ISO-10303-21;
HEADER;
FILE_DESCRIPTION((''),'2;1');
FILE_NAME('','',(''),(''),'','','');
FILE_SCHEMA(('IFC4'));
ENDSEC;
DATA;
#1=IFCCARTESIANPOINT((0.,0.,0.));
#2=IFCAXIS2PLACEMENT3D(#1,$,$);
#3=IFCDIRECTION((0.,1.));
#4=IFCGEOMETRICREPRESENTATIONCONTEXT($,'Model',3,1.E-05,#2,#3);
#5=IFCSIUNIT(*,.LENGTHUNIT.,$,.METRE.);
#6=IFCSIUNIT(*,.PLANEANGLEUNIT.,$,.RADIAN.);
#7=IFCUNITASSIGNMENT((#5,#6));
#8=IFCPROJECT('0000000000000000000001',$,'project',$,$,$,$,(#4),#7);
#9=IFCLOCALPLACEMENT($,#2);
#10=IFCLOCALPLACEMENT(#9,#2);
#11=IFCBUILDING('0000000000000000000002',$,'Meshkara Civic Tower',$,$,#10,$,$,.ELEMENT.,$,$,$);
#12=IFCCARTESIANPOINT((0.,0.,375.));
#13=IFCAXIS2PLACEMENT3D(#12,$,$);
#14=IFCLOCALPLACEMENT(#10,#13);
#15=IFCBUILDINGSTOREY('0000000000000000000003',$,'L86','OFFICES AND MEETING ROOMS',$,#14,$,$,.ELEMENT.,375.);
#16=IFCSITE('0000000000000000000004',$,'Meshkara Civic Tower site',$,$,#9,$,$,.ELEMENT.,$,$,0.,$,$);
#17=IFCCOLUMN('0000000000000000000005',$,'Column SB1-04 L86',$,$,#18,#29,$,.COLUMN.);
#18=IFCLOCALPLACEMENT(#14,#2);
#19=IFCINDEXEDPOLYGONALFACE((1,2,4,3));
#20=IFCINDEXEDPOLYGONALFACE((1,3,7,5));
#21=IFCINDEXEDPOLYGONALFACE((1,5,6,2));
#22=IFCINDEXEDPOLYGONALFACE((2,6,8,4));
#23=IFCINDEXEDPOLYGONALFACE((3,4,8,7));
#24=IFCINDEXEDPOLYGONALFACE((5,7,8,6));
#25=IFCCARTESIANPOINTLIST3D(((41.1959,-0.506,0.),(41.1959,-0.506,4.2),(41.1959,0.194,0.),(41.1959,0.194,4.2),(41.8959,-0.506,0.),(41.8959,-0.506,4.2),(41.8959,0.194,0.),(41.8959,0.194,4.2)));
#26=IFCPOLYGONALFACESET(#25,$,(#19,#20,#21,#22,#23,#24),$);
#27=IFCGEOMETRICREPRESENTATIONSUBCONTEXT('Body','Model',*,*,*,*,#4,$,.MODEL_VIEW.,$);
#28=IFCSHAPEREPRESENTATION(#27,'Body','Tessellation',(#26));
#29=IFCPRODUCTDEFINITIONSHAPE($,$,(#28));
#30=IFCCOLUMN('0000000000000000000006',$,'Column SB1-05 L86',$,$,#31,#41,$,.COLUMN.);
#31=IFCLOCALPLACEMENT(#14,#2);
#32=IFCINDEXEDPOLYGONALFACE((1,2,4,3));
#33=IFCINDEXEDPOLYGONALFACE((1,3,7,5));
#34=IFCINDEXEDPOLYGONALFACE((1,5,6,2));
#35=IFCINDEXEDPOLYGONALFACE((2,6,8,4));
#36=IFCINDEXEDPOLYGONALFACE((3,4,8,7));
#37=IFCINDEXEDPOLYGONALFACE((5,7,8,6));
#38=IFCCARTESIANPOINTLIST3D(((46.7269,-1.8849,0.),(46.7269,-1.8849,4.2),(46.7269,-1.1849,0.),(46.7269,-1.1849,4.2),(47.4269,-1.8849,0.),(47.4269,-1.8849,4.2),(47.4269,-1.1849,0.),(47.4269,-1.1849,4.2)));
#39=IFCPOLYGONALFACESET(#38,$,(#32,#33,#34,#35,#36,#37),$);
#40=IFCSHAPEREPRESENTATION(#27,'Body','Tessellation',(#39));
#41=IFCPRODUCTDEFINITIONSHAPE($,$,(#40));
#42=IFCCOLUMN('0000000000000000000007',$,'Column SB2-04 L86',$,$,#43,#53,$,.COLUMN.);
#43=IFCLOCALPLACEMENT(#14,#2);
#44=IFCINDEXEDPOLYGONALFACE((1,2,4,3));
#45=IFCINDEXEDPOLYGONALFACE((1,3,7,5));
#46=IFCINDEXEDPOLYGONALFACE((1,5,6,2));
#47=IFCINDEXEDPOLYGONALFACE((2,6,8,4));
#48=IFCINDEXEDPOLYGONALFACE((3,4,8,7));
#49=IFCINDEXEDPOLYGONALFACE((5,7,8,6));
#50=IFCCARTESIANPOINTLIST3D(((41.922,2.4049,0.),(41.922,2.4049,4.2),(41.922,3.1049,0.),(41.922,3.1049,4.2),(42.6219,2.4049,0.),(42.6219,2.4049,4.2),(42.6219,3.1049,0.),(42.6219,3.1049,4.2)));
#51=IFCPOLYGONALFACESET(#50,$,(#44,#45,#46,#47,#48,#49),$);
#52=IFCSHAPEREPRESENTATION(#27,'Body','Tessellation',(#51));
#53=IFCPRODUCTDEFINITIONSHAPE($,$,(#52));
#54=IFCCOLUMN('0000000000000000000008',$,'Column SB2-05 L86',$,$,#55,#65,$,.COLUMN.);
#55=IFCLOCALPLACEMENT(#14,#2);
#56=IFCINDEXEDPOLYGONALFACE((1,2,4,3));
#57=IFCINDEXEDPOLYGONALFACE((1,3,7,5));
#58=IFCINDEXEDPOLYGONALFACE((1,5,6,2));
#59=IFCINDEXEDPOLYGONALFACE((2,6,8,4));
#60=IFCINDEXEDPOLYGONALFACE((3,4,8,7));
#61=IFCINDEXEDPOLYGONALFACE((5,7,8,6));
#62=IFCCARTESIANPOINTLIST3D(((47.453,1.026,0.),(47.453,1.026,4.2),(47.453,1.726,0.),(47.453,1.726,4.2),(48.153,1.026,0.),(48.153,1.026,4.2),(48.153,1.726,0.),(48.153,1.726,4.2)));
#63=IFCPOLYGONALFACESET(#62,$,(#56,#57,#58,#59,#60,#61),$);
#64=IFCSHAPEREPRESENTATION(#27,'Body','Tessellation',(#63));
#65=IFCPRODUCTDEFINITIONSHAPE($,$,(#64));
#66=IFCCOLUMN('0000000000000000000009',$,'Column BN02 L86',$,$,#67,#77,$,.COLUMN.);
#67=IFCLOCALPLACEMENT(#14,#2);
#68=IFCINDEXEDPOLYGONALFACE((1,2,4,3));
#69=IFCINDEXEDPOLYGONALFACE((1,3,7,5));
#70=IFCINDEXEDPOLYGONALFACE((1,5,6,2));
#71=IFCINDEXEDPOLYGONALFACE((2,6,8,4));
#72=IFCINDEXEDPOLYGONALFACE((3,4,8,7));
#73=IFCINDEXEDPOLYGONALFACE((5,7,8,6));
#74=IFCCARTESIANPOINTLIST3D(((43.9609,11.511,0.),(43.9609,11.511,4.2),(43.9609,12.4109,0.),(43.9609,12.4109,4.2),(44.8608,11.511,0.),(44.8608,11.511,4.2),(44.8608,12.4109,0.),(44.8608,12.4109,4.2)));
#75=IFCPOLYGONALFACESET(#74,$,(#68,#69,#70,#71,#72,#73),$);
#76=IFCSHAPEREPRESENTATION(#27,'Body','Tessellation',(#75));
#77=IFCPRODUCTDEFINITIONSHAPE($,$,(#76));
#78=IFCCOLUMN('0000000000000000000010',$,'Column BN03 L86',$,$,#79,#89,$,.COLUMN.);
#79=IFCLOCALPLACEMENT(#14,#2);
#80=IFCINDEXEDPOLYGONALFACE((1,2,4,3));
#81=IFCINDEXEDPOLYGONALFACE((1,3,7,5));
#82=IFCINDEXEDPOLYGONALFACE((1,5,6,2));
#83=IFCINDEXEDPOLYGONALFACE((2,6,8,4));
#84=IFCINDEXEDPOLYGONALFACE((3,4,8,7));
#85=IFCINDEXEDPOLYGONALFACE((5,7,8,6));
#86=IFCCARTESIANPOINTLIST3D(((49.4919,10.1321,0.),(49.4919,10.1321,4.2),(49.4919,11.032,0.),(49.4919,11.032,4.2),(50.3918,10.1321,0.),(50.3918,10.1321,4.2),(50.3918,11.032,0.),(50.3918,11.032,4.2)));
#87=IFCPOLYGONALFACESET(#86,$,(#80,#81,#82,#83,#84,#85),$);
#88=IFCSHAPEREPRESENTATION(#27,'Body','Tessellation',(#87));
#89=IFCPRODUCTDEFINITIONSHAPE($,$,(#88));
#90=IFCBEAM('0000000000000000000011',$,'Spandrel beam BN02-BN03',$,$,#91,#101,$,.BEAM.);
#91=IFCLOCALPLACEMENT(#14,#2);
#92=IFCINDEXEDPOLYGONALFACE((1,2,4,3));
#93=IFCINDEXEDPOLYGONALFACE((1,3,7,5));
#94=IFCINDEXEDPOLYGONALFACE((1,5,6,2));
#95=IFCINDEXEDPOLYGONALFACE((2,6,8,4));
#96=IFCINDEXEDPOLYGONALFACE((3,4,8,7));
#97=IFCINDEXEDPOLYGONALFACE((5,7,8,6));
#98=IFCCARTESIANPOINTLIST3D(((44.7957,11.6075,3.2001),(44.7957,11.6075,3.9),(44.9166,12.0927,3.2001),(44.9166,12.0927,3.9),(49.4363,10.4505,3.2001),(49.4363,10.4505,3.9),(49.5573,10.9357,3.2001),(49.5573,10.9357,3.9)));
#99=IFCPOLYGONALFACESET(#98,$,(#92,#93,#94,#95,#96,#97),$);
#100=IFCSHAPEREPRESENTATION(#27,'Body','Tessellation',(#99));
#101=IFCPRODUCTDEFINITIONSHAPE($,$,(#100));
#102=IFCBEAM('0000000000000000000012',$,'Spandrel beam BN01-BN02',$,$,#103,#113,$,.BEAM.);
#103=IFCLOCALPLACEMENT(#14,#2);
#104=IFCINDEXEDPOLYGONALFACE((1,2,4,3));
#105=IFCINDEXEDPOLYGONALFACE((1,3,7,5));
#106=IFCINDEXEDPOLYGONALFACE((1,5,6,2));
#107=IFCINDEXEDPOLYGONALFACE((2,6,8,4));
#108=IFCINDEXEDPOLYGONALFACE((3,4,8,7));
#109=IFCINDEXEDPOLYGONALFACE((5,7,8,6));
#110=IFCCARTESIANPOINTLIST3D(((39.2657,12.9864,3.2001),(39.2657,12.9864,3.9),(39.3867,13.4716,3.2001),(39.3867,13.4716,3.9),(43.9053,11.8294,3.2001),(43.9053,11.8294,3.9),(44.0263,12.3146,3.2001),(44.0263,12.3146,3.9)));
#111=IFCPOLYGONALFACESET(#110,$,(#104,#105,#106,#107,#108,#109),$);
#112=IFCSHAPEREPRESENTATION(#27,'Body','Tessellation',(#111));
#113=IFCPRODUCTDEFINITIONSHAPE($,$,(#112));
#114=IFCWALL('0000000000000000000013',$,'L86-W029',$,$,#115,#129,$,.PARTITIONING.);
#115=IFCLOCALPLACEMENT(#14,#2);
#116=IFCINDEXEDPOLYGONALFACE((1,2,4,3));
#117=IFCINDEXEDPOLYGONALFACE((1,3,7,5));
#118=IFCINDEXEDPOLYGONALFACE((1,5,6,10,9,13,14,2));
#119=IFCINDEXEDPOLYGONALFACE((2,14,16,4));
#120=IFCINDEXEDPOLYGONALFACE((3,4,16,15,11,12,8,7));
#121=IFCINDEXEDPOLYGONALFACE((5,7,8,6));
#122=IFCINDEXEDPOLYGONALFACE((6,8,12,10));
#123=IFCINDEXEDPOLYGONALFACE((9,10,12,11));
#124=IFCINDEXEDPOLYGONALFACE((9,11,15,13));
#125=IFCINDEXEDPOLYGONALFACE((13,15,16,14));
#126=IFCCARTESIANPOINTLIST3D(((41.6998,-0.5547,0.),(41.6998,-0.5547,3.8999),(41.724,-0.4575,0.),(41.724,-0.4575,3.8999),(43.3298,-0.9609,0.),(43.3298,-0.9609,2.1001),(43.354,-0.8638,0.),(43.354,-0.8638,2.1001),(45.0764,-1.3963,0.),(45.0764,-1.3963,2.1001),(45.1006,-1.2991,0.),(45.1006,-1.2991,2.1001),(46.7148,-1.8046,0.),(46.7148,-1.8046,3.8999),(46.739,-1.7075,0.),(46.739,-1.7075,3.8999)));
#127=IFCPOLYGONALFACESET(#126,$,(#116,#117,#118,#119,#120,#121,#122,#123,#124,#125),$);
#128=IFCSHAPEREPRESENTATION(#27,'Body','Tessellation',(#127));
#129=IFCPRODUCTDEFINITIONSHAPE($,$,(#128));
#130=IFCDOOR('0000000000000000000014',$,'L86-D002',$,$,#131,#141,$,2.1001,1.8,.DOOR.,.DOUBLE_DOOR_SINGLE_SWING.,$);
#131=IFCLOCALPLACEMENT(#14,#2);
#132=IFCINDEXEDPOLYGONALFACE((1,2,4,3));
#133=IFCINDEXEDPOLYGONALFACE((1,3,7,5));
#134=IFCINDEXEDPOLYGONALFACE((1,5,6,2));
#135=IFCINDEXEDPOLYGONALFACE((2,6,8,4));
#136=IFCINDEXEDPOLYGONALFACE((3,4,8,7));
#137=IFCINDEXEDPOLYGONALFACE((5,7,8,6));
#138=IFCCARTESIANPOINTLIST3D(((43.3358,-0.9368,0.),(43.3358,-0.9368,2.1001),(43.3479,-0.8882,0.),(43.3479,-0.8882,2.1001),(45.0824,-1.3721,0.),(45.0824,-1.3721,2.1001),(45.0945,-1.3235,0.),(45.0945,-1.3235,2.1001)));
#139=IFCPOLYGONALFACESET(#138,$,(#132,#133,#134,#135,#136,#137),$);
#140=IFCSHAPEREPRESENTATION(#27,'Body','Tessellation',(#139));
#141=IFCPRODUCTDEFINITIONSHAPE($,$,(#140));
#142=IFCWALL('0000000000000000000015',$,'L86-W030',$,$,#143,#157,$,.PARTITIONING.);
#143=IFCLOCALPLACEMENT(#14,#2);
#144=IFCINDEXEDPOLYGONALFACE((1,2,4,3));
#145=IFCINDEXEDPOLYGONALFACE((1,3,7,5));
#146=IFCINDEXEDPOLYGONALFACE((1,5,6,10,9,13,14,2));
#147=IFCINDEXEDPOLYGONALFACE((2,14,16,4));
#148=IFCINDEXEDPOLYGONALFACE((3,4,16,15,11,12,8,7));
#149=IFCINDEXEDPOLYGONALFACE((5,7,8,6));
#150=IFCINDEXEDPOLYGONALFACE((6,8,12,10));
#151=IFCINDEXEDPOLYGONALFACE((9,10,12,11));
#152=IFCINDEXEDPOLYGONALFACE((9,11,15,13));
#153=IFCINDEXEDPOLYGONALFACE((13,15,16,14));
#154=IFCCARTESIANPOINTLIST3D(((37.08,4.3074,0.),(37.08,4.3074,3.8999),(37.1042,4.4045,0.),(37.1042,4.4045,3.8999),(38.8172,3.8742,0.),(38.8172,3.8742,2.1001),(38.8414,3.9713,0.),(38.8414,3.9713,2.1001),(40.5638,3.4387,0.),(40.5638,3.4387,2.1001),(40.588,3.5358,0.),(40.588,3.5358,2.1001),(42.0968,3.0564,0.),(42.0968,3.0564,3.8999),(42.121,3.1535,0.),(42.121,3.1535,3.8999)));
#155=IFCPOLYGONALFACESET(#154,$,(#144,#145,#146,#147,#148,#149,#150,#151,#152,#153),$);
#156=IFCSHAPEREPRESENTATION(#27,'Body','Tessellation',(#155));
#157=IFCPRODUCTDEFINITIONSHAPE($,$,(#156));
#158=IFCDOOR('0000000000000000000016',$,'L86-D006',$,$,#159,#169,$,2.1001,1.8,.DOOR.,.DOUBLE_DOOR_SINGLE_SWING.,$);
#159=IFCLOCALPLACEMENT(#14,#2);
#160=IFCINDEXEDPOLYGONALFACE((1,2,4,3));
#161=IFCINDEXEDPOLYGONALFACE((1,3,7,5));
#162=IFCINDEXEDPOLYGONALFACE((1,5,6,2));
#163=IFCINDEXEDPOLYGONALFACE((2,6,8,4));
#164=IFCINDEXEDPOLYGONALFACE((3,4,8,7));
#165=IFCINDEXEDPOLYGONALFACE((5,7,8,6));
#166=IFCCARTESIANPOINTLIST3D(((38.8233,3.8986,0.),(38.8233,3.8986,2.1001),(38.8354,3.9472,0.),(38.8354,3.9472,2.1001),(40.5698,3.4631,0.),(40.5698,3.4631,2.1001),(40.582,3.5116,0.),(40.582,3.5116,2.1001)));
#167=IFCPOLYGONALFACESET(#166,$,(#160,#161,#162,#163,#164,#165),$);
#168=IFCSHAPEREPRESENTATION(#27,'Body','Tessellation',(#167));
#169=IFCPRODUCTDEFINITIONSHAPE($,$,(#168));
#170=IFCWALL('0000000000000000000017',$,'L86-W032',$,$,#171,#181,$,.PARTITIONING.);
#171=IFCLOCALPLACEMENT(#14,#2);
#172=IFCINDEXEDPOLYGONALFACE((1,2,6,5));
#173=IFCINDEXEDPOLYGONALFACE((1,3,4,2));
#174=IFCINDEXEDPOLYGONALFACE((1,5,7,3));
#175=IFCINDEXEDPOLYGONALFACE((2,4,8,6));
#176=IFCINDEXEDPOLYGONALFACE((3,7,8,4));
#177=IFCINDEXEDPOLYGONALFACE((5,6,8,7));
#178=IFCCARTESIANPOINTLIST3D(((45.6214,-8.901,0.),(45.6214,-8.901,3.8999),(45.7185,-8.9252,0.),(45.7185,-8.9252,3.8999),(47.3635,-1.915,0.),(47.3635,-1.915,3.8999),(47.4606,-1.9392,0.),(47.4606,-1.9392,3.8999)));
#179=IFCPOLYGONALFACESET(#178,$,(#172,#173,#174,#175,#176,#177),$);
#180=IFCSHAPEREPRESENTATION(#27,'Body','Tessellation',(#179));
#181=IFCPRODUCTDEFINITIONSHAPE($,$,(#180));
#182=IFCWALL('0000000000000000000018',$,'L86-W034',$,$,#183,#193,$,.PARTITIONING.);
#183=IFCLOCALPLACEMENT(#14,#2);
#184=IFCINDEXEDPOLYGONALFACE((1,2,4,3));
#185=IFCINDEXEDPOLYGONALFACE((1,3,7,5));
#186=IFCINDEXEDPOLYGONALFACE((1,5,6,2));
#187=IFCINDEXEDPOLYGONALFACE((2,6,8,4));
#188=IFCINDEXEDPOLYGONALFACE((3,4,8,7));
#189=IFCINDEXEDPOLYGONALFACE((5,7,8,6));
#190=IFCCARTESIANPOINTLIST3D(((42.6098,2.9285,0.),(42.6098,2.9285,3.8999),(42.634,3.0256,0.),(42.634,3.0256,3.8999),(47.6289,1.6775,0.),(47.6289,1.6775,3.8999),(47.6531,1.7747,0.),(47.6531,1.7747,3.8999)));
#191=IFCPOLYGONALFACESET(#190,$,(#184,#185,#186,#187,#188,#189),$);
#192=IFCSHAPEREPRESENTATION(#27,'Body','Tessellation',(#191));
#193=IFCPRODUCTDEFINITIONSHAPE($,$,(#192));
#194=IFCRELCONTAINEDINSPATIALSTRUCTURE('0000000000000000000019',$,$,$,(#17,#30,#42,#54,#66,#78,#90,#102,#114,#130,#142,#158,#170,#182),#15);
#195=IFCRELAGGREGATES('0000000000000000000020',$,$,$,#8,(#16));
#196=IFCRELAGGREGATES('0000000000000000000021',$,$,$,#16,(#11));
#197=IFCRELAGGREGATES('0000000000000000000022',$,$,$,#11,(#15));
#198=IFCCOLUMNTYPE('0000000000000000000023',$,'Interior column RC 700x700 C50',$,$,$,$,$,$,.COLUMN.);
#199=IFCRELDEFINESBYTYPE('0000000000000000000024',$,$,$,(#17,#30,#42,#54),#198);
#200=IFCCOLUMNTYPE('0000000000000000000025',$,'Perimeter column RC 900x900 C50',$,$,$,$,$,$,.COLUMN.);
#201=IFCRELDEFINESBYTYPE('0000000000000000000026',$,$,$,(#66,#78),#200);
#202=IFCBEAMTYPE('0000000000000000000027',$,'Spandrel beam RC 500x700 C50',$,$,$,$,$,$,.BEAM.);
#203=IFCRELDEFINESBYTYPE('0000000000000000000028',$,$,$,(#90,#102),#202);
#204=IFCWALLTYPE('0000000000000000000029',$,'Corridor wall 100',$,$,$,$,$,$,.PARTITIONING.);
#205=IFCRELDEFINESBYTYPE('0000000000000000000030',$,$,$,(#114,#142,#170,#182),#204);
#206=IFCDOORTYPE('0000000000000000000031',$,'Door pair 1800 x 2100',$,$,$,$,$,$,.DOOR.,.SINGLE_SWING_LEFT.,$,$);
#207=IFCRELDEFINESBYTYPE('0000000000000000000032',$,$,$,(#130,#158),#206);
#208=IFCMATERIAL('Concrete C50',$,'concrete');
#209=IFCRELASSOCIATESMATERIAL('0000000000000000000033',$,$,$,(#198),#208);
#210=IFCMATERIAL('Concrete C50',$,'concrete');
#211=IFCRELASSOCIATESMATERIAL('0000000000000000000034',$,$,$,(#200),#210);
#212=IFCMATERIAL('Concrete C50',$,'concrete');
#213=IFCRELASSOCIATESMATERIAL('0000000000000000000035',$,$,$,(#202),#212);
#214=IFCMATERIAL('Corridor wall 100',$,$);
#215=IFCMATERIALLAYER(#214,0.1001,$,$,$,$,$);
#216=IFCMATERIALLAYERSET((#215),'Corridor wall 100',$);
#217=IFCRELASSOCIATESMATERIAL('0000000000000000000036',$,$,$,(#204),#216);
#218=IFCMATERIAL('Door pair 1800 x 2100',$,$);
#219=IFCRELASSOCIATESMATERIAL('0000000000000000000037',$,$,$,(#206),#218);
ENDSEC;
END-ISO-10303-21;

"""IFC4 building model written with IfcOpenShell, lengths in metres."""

from ifc_helpers import new_model, si_unit, direction, frame, frame_2d, origin, origin_2d, place, context, subcontext, project, spatial, rectangle, extrude, material, layer, layer_set, material_profile, profile_set, type_object, element, fill, save


model = new_model("IFC4")

# Units and contexts
model_context = context("Model", 3, precision=1e-05, world=origin(), true_north=direction((0.0, 1.0)))
body_context = subcontext(model_context, "Body", "Model", "MODEL_VIEW")
ifc_project = project(units=[si_unit("LENGTHUNIT", "METRE"), si_unit("PLANEANGLEUNIT", "RADIAN")], contexts=[model_context])

# Site, building, storey
site_placement = place(None, origin())
site = spatial("IfcSite", under=ifc_project, at=site_placement, Name="Meshkara Civic Tower site", CompositionType="ELEMENT", RefElevation=0.0)
building_placement = place(site_placement, origin())
building = spatial("IfcBuilding", under=site, at=building_placement, Name="Meshkara Civic Tower", CompositionType="ELEMENT")
storey_placement = place(building_placement, frame((0.0, 0.0, 375.0)))
storey = spatial("IfcBuildingStorey", under=building, at=storey_placement, Name="L86", Description="OFFICES AND MEETING ROOMS", CompositionType="ELEMENT", Elevation=375.0)

# Columns
ifc_material_1 = material(Name="Concrete C50", Category="concrete")
ifc_material_profile_1 = material_profile(ifc_material_1, rectangle(XDim=0.7, YDim=0.7, at=origin_2d()))
ifc_profile_set_1 = profile_set([ifc_material_profile_1], Name="Concrete C50")
column_type_1 = type_object("IfcColumnType", Name="Interior column RC 700x700 C50", PredefinedType="COLUMN", material=ifc_profile_set_1)
for number, where, z_axis, x_axis, name in (
    (1, (41.5459, -0.156, 0.0), (0.0, 0.0, 1.0), (1.0, 0.0, 0.0), "Column SB1-04 L86"),
    (2, (47.0769, -1.5349, 0.0), (0.0, 0.0, 1.0), (1.0, 0.0, 0.0), "Column SB1-05 L86"),
    (3, (42.272, 2.7549, 0.0), (0.0, 0.0, 1.0), (1.0, 0.0, 0.0), "Column SB2-04 L86"),
    (4, (47.803, 1.376, 0.0), (0.0, 0.0, 1.0), (1.0, 0.0, 0.0), "Column SB2-05 L86"),
):
    element("IfcColumn", number, at=place(storey_placement, frame(where, z_axis=z_axis, x_axis=x_axis)), inside=storey, type_object=column_type_1, Name=name, PredefinedType="COLUMN", context=body_context, shape_type="SweptSolid", body=[
        extrude(rectangle(XDim=0.7, YDim=0.7, at=origin_2d()), origin(), (0.0, 0.0, 1.0), 4.2),
    ])
ifc_material_2 = material(Name="Concrete C50", Category="concrete")
ifc_material_profile_2 = material_profile(ifc_material_2, rectangle(XDim=0.8999, YDim=0.8999, at=origin_2d()))
ifc_profile_set_2 = profile_set([ifc_material_profile_2], Name="Concrete C50")
column_type_2 = type_object("IfcColumnType", Name="Perimeter column RC 900x900 C50", PredefinedType="COLUMN", material=ifc_profile_set_2)
for number, where, z_axis, x_axis, name in (
    (5, (44.4109, 11.9609, 0.0), (0.0, 0.0, 1.0), (1.0, 0.0, 0.0), "Column BN02 L86"),
    (6, (49.9419, 10.582, 0.0), (0.0, 0.0, 1.0), (1.0, 0.0, 0.0), "Column BN03 L86"),
):
    element("IfcColumn", number, at=place(storey_placement, frame(where, z_axis=z_axis, x_axis=x_axis)), inside=storey, type_object=column_type_2, Name=name, PredefinedType="COLUMN", context=body_context, shape_type="SweptSolid", body=[
        extrude(rectangle(XDim=0.8999, YDim=0.8999, at=origin_2d()), origin(), (0.0, 0.0, 1.0), 4.2),
    ])

# Beams
ifc_material_3 = material(Name="Concrete C50", Category="concrete")
ifc_material_profile_3 = material_profile(ifc_material_3, rectangle(XDim=0.5, YDim=0.7, at=origin_2d()))
ifc_profile_set_3 = profile_set([ifc_material_profile_3], Name="Concrete C50")
beam_type = type_object("IfcBeamType", Name="Spandrel beam RC 500x700 C50", PredefinedType="BEAM", material=ifc_profile_set_3)
beam_1_placement = place(storey_placement, frame((49.4968, 10.6931, 3.55), z_axis=(-0.970298, 0.241911, 0.0), x_axis=(-0.241911, -0.970298, 0.0)))
element("IfcBeam", 7, at=beam_1_placement, inside=storey, type_object=beam_type, Name="Spandrel beam BN02-BN03", PredefinedType="BEAM", context=body_context, shape_type="SweptSolid", body=[
    extrude(rectangle(XDim=0.5, YDim=0.7, at=origin_2d()), origin(), (0.0, 0.0, 1.0), 4.7827),
])
beam_2_placement = place(storey_placement, frame((43.9658, 12.072, 3.55), z_axis=(-0.970286, 0.241959, 0.0), x_axis=(-0.241959, -0.970286, 0.0)))
element("IfcBeam", 8, at=beam_2_placement, inside=storey, type_object=beam_type, Name="Spandrel beam BN01-BN02", PredefinedType="BEAM", context=body_context, shape_type="SweptSolid", body=[
    extrude(rectangle(XDim=0.5, YDim=0.7, at=origin_2d()), origin(), (0.0, 0.0, 1.0), 4.7817),
])

# Walls, openings, doors
ifc_material_4 = material(Name="Corridor wall 100")
ifc_layer_1 = layer(ifc_material_4, 0.1001)
ifc_layer_set_1 = layer_set([ifc_layer_1], Name="Corridor wall 100")
wall_type_1 = type_object("IfcWallType", Name="Corridor wall 100", PredefinedType="PARTITIONING", material=ifc_layer_set_1)
wall_1_placement = place(storey_placement, frame((41.7119, -0.5061, 0.0), z_axis=(0.0, 0.0, 1.0), x_axis=(0.970315, -0.241846, 0.0)))
wall_1 = element("IfcWall", 9, at=wall_1_placement, inside=storey, type_object=wall_type_1, Name="L86-W029", PredefinedType="PARTITIONING", context=body_context, shape_type="SweptSolid", body=[
    extrude(rectangle(XDim=5.1685, YDim=0.1001, at=frame_2d((2.5842, 0.0))), origin(), (0.0, 0.0, 1.0), 3.8999),
])
opening_1_placement = place(wall_1_placement, frame((1.6799, 0.0, 0.0)))
opening_1 = element("IfcOpeningElement", 10, at=opening_1_placement, cuts=wall_1, PredefinedType="OPENING", context=body_context, shape_type="SweptSolid", body=[
    extrude(rectangle(XDim=1.8, YDim=2.1001, at=frame_2d((0.8999, 1.05))), frame((0.0, 0.0601, 0.0), z_axis=(0.0, -1.0, 0.0), x_axis=(1.0, 0.0, 0.0)), (0.0, 0.0, 1.0), 0.1201),
])
ifc_material_5 = material(Name="Door pair 1800 x 2100")
door_type_1 = type_object("IfcDoorType", Name="Door pair 1800 x 2100", OperationType="SINGLE_SWING_LEFT", PredefinedType="DOOR", material=ifc_material_5)
door_1_placement = place(opening_1_placement, origin())
door_1 = element("IfcDoor", 11, at=door_1_placement, inside=storey, type_object=door_type_1, Name="L86-D002", OperationType="DOUBLE_DOOR_SINGLE_SWING", OverallHeight=2.1001, OverallWidth=1.8, PredefinedType="DOOR", context=body_context, shape_type="SweptSolid", body=[
    extrude(rectangle(XDim=1.8, YDim=2.1001, at=frame_2d((0.8999, 1.05))), frame((0.0, 0.0249, 0.0), z_axis=(0.0, -1.0, 0.0), x_axis=(1.0, 0.0, 0.0)), (0.0, 0.0, 1.0), 0.05),
])
fill(opening_1, door_1)
wall_2_placement = place(storey_placement, frame((42.1089, 3.105, 0.0), z_axis=(0.0, 0.0, 1.0), x_axis=(-0.97029, 0.241947, 0.0)))
wall_2 = element("IfcWall", 12, at=wall_2_placement, inside=storey, type_object=wall_type_1, Name="L86-W030", PredefinedType="PARTITIONING", context=body_context, shape_type="SweptSolid", body=[
    extrude(rectangle(XDim=5.1704, YDim=0.1001, at=frame_2d((2.5852, 0.0))), origin(), (0.0, 0.0, 1.0), 3.8999),
])
opening_2_placement = place(wall_2_placement, frame((1.5801, 0.0, 0.0)))
opening_2 = element("IfcOpeningElement", 13, at=opening_2_placement, cuts=wall_2, PredefinedType="OPENING", context=body_context, shape_type="SweptSolid", body=[
    extrude(rectangle(XDim=1.8, YDim=2.1001, at=frame_2d((0.8999, 1.05))), frame((0.0, 0.0601, 0.0), z_axis=(0.0, -1.0, 0.0), x_axis=(1.0, 0.0, 0.0)), (0.0, 0.0, 1.0), 0.1201),
])
door_2_placement = place(opening_2_placement, origin())
door_2 = element("IfcDoor", 14, at=door_2_placement, inside=storey, type_object=door_type_1, Name="L86-D006", OperationType="DOUBLE_DOOR_SINGLE_SWING", OverallHeight=2.1001, OverallWidth=1.8, PredefinedType="DOOR", context=body_context, shape_type="SweptSolid", body=[
    extrude(rectangle(XDim=1.8, YDim=2.1001, at=frame_2d((0.8999, 1.05))), frame((0.0, 0.0249, 0.0), z_axis=(0.0, -1.0, 0.0), x_axis=(1.0, 0.0, 0.0)), (0.0, 0.0, 1.0), 0.05),
])
fill(opening_2, door_2)

# Walls
wall_3_placement = place(storey_placement, frame((47.4121, -1.927, 0.0), z_axis=(0.0, 0.0, 1.0), x_axis=(-0.241969, -0.970284, 0.0)))
element("IfcWall", 15, at=wall_3_placement, inside=storey, type_object=wall_type_1, Name="L86-W032", PredefinedType="PARTITIONING", context=body_context, shape_type="SweptSolid", body=[
    extrude(rectangle(XDim=7.2, YDim=0.1001, at=frame_2d((3.6001, 0.0))), origin(), (0.0, 0.0, 1.0), 3.8999),
])
wall_4_placement = place(storey_placement, frame((47.6411, 1.7261, 0.0), z_axis=(0.0, 0.0, 1.0), x_axis=(-0.970314, 0.241847, 0.0)))
element("IfcWall", 16, at=wall_4_placement, inside=storey, type_object=wall_type_1, Name="L86-W034", PredefinedType="PARTITIONING", context=body_context, shape_type="SweptSolid", body=[
    extrude(rectangle(XDim=5.1726, YDim=0.1001, at=frame_2d((2.5864, 0.0))), origin(), (0.0, 0.0, 1.0), 3.8999),
])

save(model, "model.ifc")
